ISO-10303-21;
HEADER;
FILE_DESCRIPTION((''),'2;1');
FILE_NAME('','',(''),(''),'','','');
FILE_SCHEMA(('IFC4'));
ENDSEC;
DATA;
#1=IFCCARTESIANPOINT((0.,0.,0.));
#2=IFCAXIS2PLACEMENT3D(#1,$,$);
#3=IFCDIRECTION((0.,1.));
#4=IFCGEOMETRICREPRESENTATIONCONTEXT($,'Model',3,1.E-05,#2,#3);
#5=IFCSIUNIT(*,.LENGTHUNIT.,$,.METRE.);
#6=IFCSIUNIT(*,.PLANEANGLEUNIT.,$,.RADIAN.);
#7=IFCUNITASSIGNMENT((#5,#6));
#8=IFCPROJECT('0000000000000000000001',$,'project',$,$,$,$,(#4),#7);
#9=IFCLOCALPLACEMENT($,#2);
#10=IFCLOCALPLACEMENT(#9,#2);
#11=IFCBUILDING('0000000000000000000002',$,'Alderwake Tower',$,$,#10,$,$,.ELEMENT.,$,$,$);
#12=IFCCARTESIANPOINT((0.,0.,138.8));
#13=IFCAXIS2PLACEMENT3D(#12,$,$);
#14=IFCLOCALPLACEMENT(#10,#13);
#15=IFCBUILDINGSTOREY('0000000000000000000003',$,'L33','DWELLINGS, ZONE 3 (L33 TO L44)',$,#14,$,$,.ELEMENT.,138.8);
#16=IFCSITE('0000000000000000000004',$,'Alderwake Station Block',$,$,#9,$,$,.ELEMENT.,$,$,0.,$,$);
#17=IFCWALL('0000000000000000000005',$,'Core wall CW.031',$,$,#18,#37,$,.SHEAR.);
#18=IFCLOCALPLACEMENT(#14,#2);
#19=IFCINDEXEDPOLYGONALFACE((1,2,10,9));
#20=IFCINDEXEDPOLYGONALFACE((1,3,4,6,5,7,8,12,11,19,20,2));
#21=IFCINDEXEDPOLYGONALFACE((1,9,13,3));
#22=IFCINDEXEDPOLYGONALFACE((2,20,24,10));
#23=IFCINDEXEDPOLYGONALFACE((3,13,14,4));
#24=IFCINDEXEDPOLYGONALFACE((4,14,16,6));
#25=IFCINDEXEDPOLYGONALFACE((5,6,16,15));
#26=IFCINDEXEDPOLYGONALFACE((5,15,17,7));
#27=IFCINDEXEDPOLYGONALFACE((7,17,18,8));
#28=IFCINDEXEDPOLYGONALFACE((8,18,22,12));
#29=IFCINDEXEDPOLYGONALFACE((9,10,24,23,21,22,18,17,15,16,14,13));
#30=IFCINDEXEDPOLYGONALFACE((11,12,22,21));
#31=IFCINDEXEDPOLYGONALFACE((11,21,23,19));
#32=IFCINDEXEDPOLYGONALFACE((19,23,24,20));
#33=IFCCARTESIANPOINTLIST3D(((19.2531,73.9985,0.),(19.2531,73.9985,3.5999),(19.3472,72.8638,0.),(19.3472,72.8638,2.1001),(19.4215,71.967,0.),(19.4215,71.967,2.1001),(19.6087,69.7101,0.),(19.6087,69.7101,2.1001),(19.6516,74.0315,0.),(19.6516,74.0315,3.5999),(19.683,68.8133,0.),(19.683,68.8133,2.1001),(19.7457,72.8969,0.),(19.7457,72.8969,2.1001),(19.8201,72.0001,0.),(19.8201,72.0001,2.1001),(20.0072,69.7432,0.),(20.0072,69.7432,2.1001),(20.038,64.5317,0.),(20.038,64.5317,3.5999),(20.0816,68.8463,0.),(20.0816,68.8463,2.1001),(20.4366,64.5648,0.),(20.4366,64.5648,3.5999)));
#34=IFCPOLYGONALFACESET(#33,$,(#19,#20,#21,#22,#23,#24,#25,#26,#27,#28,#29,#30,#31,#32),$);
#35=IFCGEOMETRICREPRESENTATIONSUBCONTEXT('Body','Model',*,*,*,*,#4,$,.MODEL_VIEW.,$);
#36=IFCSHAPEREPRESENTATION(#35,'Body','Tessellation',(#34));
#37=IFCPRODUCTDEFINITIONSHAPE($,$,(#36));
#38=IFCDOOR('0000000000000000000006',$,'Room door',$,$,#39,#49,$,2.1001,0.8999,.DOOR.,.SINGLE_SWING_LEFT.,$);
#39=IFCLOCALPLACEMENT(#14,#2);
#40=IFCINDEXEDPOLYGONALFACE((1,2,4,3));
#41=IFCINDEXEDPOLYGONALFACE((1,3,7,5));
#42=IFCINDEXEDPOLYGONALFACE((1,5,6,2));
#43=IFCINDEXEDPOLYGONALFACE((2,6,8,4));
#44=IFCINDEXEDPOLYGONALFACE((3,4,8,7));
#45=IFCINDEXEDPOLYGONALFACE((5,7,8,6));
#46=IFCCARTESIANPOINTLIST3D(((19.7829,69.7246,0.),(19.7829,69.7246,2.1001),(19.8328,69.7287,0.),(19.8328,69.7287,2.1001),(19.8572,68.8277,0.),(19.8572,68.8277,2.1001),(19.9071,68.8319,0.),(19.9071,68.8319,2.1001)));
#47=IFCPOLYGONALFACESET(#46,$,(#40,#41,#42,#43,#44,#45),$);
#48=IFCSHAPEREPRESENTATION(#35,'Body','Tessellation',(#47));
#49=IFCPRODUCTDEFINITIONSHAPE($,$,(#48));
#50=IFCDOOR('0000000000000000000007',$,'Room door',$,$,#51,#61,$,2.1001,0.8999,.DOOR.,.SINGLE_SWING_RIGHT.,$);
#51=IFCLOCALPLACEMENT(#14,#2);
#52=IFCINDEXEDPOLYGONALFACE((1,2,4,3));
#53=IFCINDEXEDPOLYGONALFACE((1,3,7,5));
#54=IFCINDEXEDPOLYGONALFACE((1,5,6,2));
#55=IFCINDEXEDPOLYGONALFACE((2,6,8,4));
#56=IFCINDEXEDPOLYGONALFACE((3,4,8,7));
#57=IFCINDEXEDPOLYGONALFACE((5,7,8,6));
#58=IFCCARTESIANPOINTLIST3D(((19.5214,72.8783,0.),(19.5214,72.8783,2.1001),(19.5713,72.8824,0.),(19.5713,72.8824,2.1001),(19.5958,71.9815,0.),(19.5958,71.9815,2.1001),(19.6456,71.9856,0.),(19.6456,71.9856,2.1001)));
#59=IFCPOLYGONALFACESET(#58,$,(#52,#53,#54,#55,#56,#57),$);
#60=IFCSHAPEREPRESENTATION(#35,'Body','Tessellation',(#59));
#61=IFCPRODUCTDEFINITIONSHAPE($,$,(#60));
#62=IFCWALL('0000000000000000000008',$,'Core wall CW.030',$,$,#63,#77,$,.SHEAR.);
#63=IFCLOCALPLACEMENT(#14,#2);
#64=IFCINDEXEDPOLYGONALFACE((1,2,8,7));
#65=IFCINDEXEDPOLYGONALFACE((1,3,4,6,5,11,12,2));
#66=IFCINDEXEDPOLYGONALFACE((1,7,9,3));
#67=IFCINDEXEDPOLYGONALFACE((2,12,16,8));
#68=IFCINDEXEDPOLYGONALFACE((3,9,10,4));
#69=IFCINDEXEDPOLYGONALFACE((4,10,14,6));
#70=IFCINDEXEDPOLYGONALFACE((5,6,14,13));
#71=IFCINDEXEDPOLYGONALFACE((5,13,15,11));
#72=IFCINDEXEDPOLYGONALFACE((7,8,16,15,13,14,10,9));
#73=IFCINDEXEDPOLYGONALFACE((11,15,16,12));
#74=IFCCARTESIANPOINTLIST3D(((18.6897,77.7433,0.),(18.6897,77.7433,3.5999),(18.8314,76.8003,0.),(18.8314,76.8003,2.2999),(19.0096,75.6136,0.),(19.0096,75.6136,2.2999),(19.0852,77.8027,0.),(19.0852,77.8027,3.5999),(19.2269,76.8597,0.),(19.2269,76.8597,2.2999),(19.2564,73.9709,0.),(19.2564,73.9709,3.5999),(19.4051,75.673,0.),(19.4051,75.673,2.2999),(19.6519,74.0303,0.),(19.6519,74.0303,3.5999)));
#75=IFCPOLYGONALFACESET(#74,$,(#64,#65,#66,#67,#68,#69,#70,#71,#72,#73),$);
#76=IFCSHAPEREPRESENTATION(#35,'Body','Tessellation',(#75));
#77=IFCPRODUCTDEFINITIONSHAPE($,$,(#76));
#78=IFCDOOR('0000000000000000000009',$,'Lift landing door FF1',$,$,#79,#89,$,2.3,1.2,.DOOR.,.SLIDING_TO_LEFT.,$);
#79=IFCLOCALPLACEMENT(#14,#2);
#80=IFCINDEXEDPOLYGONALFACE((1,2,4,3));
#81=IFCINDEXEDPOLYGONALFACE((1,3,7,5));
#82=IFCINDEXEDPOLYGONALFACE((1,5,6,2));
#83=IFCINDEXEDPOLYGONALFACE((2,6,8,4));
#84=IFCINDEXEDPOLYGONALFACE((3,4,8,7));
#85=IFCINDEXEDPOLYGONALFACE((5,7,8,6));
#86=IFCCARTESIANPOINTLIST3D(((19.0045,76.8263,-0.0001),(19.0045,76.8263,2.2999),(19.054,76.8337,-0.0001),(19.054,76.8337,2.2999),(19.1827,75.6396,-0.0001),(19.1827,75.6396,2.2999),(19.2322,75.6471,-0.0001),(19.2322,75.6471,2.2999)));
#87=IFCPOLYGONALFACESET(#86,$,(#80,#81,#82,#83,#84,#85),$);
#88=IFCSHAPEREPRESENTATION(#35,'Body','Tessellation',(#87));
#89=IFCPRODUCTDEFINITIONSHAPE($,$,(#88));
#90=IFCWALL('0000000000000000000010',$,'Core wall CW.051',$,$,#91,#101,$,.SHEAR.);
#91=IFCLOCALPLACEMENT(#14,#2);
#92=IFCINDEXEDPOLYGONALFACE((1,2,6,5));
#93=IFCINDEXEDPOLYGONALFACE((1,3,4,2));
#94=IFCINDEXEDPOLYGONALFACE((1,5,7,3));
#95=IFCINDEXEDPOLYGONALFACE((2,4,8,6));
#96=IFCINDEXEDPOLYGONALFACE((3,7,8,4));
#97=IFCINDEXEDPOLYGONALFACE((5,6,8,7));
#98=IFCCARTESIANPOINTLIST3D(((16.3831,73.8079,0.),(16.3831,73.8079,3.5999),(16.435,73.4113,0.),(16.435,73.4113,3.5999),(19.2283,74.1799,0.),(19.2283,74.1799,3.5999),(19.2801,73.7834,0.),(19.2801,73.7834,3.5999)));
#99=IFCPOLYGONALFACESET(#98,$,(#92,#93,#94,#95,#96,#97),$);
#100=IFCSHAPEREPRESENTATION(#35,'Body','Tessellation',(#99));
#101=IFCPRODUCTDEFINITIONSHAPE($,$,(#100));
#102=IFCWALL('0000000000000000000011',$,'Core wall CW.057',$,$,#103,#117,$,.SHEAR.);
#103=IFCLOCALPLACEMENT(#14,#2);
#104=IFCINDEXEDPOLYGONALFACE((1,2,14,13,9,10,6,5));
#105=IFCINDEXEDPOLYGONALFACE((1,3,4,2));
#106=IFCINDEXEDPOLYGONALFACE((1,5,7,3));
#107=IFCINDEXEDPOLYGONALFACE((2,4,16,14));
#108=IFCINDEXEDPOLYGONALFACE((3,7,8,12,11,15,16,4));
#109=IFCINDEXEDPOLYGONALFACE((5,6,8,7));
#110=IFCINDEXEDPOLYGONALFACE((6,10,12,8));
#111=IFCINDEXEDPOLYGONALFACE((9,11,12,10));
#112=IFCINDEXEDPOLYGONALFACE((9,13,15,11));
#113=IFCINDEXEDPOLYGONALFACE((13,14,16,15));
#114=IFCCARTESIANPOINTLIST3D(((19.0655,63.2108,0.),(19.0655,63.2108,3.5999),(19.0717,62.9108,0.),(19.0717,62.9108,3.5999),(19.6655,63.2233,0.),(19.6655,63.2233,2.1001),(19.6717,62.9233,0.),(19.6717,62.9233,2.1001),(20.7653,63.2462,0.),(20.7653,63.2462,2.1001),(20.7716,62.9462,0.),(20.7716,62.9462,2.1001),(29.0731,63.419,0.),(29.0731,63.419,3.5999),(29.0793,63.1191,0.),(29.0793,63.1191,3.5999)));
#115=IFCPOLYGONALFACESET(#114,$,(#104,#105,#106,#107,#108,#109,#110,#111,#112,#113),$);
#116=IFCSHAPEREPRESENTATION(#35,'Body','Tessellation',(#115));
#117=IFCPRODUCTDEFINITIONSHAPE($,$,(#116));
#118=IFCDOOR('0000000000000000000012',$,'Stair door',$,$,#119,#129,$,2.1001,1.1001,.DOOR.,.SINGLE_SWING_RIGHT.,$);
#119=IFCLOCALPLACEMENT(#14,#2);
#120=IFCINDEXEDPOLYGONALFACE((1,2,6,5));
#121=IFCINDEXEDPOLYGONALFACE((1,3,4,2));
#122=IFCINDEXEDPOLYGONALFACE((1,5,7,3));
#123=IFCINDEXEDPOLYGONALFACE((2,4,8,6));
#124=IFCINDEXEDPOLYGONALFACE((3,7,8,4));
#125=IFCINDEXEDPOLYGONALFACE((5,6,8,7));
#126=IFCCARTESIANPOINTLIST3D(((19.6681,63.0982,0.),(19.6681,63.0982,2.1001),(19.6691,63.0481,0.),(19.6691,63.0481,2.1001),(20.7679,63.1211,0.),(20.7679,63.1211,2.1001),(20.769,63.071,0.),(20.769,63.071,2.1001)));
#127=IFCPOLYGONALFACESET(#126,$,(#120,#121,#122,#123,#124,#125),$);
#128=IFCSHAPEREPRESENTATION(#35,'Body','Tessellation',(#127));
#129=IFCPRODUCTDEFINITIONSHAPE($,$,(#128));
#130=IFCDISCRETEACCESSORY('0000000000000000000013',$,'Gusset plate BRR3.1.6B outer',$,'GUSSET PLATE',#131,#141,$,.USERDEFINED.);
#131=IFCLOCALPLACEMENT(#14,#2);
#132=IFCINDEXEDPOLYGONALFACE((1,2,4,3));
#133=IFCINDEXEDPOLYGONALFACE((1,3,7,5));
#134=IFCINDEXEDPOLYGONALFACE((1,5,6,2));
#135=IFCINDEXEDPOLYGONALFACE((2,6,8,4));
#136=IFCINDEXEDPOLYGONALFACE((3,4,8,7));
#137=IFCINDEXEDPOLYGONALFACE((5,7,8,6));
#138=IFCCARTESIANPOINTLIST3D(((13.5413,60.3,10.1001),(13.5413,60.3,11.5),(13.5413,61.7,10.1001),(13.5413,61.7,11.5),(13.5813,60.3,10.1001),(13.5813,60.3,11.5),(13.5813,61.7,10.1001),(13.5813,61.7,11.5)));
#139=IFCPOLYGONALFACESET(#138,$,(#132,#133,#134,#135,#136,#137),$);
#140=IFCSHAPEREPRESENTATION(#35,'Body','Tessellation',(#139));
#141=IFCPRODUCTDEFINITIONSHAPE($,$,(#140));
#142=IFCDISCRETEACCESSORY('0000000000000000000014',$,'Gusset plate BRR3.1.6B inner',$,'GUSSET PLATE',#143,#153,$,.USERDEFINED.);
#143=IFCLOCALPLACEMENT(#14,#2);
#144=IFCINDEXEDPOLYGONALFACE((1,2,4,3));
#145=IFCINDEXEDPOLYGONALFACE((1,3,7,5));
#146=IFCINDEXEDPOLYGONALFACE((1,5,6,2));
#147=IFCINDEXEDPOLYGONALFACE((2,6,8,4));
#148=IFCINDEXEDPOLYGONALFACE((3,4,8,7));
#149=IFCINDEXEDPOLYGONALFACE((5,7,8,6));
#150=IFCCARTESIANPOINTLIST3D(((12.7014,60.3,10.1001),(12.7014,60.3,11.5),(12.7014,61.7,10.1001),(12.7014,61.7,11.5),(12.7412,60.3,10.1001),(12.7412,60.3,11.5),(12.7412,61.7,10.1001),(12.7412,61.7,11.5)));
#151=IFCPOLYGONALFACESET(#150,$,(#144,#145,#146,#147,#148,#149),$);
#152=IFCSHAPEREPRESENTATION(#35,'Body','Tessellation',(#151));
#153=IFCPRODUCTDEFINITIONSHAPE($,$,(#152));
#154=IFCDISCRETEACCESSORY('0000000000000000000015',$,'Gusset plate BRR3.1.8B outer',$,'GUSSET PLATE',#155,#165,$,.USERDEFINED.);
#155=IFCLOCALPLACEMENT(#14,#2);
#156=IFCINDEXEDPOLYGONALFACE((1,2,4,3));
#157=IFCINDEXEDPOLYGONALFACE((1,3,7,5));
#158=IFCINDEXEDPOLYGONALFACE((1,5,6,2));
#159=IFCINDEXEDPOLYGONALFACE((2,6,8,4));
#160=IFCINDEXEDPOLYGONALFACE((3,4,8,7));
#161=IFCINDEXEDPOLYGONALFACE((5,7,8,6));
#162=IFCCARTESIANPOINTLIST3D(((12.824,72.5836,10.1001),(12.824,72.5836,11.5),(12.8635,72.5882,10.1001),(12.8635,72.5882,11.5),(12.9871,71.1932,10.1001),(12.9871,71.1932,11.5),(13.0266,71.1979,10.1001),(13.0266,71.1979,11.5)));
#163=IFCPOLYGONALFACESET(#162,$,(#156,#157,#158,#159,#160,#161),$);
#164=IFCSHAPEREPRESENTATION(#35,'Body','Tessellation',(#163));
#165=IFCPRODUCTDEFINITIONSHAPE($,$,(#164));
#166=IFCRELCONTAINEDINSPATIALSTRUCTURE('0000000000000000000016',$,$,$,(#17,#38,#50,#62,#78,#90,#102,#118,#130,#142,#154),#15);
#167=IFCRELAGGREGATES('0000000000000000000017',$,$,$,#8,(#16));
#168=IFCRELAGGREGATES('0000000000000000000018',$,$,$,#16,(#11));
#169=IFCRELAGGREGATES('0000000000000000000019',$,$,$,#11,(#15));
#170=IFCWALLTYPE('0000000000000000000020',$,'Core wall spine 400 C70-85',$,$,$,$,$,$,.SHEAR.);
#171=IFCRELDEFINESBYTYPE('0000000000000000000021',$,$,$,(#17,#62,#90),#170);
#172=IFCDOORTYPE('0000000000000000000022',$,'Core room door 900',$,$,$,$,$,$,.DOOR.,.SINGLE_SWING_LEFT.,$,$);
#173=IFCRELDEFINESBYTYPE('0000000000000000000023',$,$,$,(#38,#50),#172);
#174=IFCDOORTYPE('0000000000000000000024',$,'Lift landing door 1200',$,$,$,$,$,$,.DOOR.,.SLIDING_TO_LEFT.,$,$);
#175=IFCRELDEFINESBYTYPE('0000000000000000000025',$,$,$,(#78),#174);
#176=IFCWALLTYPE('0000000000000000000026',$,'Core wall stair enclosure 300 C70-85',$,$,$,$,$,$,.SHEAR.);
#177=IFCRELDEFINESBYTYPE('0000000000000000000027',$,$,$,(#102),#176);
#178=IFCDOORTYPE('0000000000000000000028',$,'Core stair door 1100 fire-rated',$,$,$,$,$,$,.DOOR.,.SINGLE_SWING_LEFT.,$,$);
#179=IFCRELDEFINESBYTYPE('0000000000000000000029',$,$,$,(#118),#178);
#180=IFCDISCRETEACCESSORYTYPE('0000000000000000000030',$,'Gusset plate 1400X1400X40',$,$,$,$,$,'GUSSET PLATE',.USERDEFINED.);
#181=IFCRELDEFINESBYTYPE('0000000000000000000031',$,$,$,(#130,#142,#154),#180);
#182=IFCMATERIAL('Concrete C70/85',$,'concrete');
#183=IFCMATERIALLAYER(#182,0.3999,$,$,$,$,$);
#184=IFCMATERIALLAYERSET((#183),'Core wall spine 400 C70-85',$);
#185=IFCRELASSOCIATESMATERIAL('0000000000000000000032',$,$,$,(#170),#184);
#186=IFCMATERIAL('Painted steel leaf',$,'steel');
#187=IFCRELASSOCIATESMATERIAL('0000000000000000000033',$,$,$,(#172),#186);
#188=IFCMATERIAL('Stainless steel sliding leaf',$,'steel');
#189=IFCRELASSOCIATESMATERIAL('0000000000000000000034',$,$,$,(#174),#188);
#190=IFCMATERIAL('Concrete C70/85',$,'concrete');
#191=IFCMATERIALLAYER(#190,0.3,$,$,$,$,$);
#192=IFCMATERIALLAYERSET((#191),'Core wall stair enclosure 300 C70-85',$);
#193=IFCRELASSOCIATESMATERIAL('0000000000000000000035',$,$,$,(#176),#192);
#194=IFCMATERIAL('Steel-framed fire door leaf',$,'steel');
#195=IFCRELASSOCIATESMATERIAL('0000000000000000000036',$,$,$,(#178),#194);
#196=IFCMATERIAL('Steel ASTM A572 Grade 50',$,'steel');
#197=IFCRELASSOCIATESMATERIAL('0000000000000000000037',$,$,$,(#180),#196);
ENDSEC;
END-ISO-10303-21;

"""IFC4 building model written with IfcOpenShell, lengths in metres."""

from ifc_helpers import new_model, si_unit, direction, frame, frame_2d, origin, origin_2d, place, context, subcontext, project, spatial, rectangle, extrude, material, layer, layer_set, material_profile, profile_set, type_object, element, fill, save


model = new_model("IFC4")

# Units and contexts
model_context = context("Model", 3, precision=1e-05, world=origin(), true_north=direction((0.0, 1.0)))
body_context = subcontext(model_context, "Body", "Model", "MODEL_VIEW")
ifc_project = project(units=[si_unit("LENGTHUNIT", "METRE"), si_unit("PLANEANGLEUNIT", "RADIAN")], contexts=[model_context])

# Site, building, storey
site_placement = place(None, origin())
site = spatial("IfcSite", under=ifc_project, at=site_placement, Name="Alderwake Station Block", CompositionType="ELEMENT", RefElevation=0.0)
building_placement = place(site_placement, origin())
building = spatial("IfcBuilding", under=site, at=building_placement, Name="Alderwake Tower", CompositionType="ELEMENT")
storey_placement = place(building_placement, frame((0.0, 0.0, 138.8)))
storey = spatial("IfcBuildingStorey", under=building, at=storey_placement, Name="L33", Description="DWELLINGS, ZONE 3 (L33 TO L44)", CompositionType="ELEMENT", Elevation=138.8)

# Wall, openings, doors
ifc_material_1 = material(Name="Concrete C70/85", Category="concrete")
ifc_layer_1 = layer(ifc_material_1, 0.3999)
ifc_layer_set_1 = layer_set([ifc_layer_1], Name="Core wall spine 400 C70-85")
wall_type_1 = type_object("IfcWallType", Name="Core wall spine 400 C70-85", PredefinedType="SHEAR", material=ifc_layer_set_1)
wall_1_placement = place(storey_placement, frame((19.4524, 74.0149, 0.0), z_axis=(0.0, 0.0, 1.0), x_axis=(0.082629, -0.99658, 0.0)))
wall_1 = element("IfcWall", 1, at=wall_1_placement, inside=storey, type_object=wall_type_1, Name="Core wall CW.031", PredefinedType="SHEAR", context=body_context, shape_type="SweptSolid", body=[
    extrude(rectangle(XDim=9.4993, YDim=0.3999, at=frame_2d((4.7495, 0.0))), origin(), (0.0, 0.0, 1.0), 3.5999),
])
opening_1_placement = place(wall_1_placement, frame((4.303, 0.0, 0.0)))
opening_1 = element("IfcOpeningElement", 2, at=opening_1_placement, cuts=wall_1, PredefinedType="OPENING", context=body_context, shape_type="SweptSolid", body=[
    extrude(rectangle(XDim=0.8999, YDim=2.1001, at=frame_2d((0.45, 1.05))), frame((0.0, 0.21, 0.0), z_axis=(0.0, -1.0, 0.0), x_axis=(1.0, 0.0, 0.0)), (0.0, 0.0, 1.0), 0.4199),
])
opening_2_placement = place(wall_1_placement, frame((1.1384, 0.0, 0.0)))
opening_2 = element("IfcOpeningElement", 3, at=opening_2_placement, cuts=wall_1, PredefinedType="OPENING", context=body_context, shape_type="SweptSolid", body=[
    extrude(rectangle(XDim=0.8999, YDim=2.1001, at=frame_2d((0.45, 1.05))), frame((0.0, 0.21, 0.0), z_axis=(0.0, -1.0, 0.0), x_axis=(1.0, 0.0, 0.0)), (0.0, 0.0, 1.0), 0.4199),
])
ifc_material_2 = material(Name="Painted steel leaf", Category="steel")
door_type_1 = type_object("IfcDoorType", Name="Core room door 900", OperationType="SINGLE_SWING_LEFT", PredefinedType="DOOR", material=ifc_material_2)
door_1_placement = place(opening_1_placement, origin())
door_1 = element("IfcDoor", 4, at=door_1_placement, inside=storey, type_object=door_type_1, Name="Room door", OperationType="SINGLE_SWING_LEFT", OverallHeight=2.1001, OverallWidth=0.8999, PredefinedType="DOOR", context=body_context, shape_type="SweptSolid", body=[
    extrude(rectangle(XDim=0.8999, YDim=2.1001, at=frame_2d((0.45, 1.05))), frame((0.0, 0.0249, 0.0), z_axis=(0.0, -1.0, 0.0), x_axis=(1.0, 0.0, 0.0)), (0.0, 0.0, 1.0), 0.05),
])
fill(opening_1, door_1)
door_2_placement = place(opening_2_placement, origin())
door_2 = element("IfcDoor", 5, at=door_2_placement, inside=storey, type_object=door_type_1, Name="Room door", OperationType="SINGLE_SWING_RIGHT", OverallHeight=2.1001, OverallWidth=0.8999, PredefinedType="DOOR", context=body_context, shape_type="SweptSolid", body=[
    extrude(rectangle(XDim=0.8999, YDim=2.1001, at=frame_2d((0.45, 1.05))), frame((0.0, 0.0249, 0.0), z_axis=(0.0, -1.0, 0.0), x_axis=(1.0, 0.0, 0.0)), (0.0, 0.0, 1.0), 0.05),
])
fill(opening_2, door_2)

# Wall, opening, door
wall_2_placement = place(storey_placement, frame((19.4541, 74.0007, 0.0), z_axis=(0.0, 0.0, 1.0), x_axis=(-0.148541, 0.988906, 0.0)))
wall_2 = element("IfcWall", 6, at=wall_2_placement, inside=storey, type_object=wall_type_1, Name="Core wall CW.030", PredefinedType="SHEAR", context=body_context, shape_type="SweptSolid", body=[
    extrude(rectangle(XDim=3.8147, YDim=0.3999, at=frame_2d((1.9072, 0.0))), origin(), (0.0, 0.0, 1.0), 3.5999),
])
opening_3_placement = place(wall_2_placement, frame((1.6609, 0.0, 0.0)))
opening_3 = element("IfcOpeningElement", 7, at=opening_3_placement, cuts=wall_2, PredefinedType="OPENING", context=body_context, shape_type="SweptSolid", body=[
    extrude(rectangle(XDim=1.2, YDim=2.3, at=frame_2d((0.6001, 1.1499))), frame((0.0, 0.21, 0.0), z_axis=(0.0, -1.0, 0.0), x_axis=(1.0, 0.0, 0.0)), (0.0, 0.0, 1.0), 0.4199),
])
ifc_material_3 = material(Name="Stainless steel sliding leaf", Category="steel")
door_type_2 = type_object("IfcDoorType", Name="Lift landing door 1200", OperationType="SLIDING_TO_LEFT", PredefinedType="DOOR", material=ifc_material_3)
door_3_placement = place(opening_3_placement, origin())
door_3 = element("IfcDoor", 8, at=door_3_placement, inside=storey, type_object=door_type_2, Name="Lift landing door FF1", OperationType="SLIDING_TO_LEFT", OverallHeight=2.3, OverallWidth=1.2, PredefinedType="DOOR", context=body_context, shape_type="SweptSolid", body=[
    extrude(rectangle(XDim=1.2, YDim=2.3, at=frame_2d((0.6001, 1.1499))), frame((0.0, 0.0249, 0.0), z_axis=(0.0, -1.0, 0.0), x_axis=(1.0, 0.0, 0.0)), (0.0, 0.0, 1.0), 0.05),
])
fill(opening_3, door_3)

# Wall
wall_3_placement = place(storey_placement, frame((16.4092, 73.6096, 0.0), z_axis=(0.0, 0.0, 1.0), x_axis=(0.991558, 0.129667, 0.0)))
element("IfcWall", 9, at=wall_3_placement, inside=storey, type_object=wall_type_1, Name="Core wall CW.051", PredefinedType="SHEAR", context=body_context, shape_type="SweptSolid", body=[
    extrude(rectangle(XDim=2.8694, YDim=0.3999, at=frame_2d((1.4346, 0.0))), origin(), (0.0, 0.0, 1.0), 3.5999),
])

# Wall, opening, door
ifc_material_4 = material(Name="Concrete C70/85", Category="concrete")
ifc_layer_2 = layer(ifc_material_4, 0.3)
ifc_layer_set_2 = layer_set([ifc_layer_2], Name="Core wall stair enclosure 300 C70-85")
wall_type_2 = type_object("IfcWallType", Name="Core wall stair enclosure 300 C70-85", PredefinedType="SHEAR", material=ifc_layer_set_2)
wall_4_placement = place(storey_placement, frame((19.0686, 63.0608, 0.0), z_axis=(0.0, 0.0, 1.0), x_axis=(0.999784, 0.020805, 0.0)))
wall_4 = element("IfcWall", 10, at=wall_4_placement, inside=storey, type_object=wall_type_2, Name="Core wall CW.057", PredefinedType="SHEAR", context=body_context, shape_type="SweptSolid", body=[
    extrude(rectangle(XDim=10.0098, YDim=0.3, at=frame_2d((5.0049, 0.0))), origin(), (0.0, 0.0, 1.0), 3.5999),
])
opening_4_placement = place(wall_4_placement, frame((0.6001, 0.0, 0.0)))
opening_4 = element("IfcOpeningElement", 11, at=opening_4_placement, cuts=wall_4, PredefinedType="OPENING", context=body_context, shape_type="SweptSolid", body=[
    extrude(rectangle(XDim=1.1001, YDim=2.1001, at=frame_2d((0.55, 1.05))), frame((0.0, 0.1599, 0.0), z_axis=(0.0, -1.0, 0.0), x_axis=(1.0, 0.0, 0.0)), (0.0, 0.0, 1.0), 0.3201),
])
ifc_material_5 = material(Name="Steel-framed fire door leaf", Category="steel")
door_type_3 = type_object("IfcDoorType", Name="Core stair door 1100 fire-rated", OperationType="SINGLE_SWING_LEFT", PredefinedType="DOOR", material=ifc_material_5)
door_4_placement = place(opening_4_placement, origin())
door_4 = element("IfcDoor", 12, at=door_4_placement, inside=storey, type_object=door_type_3, Name="Stair door", OperationType="SINGLE_SWING_RIGHT", OverallHeight=2.1001, OverallWidth=1.1001, PredefinedType="DOOR", context=body_context, shape_type="SweptSolid", body=[
    extrude(rectangle(XDim=1.1001, YDim=2.1001, at=frame_2d((0.55, 1.05))), frame((0.0, 0.0249, 0.0), z_axis=(0.0, -1.0, 0.0), x_axis=(1.0, 0.0, 0.0)), (0.0, 0.0, 1.0), 0.05),
])
fill(opening_4, door_4)

# Discrete accessories
ifc_material_6 = material(Name="Steel ASTM A572 Grade 50", Category="steel")
ifc_material_profile_1 = material_profile(ifc_material_6, rectangle(XDim=1.3999, YDim=1.3999, at=origin_2d()), Name="gusset 1400X1400")
ifc_profile_set_1 = profile_set([ifc_material_profile_1], Name="Steel ASTM A572 Grade 50")
discrete_accessory_type = type_object("IfcDiscreteAccessoryType", Name="Gusset plate 1400X1400X40", ElementType="GUSSET PLATE", PredefinedType="USERDEFINED", material=ifc_profile_set_1)
discrete_accessory_placement = place(storey_placement, frame((13.5413, 61.0, 10.8), z_axis=(1.0, 0.0, 0.0), x_axis=(0.0, 1.0, 0.0)))
element("IfcDiscreteAccessory", 13, at=discrete_accessory_placement, inside=storey, type_object=discrete_accessory_type, Name="Gusset plate BRR3.1.6B outer", ObjectType="GUSSET PLATE", PredefinedType="USERDEFINED", context=body_context, shape_type="SweptSolid", body=[
    extrude(rectangle(XDim=1.3999, YDim=1.3999, at=origin_2d()), origin(), (0.0, 0.0, 1.0), 0.04),
])
for number, where, z_axis, x_axis, name in (
    (14, (12.7412, 61.0, 10.8), (-1.0, 0.0, 0.0), (0.0, -1.0, 0.0), "Gusset plate BRR3.1.6B inner"),
    (15, (12.9055, 71.8884, 10.8), (0.993192, 0.116486, 0.0), (-0.116486, 0.993192, 0.0), "Gusset plate BRR3.1.8B outer"),
):
    element("IfcDiscreteAccessory", number, at=place(storey_placement, frame(where, z_axis=z_axis, x_axis=x_axis)), inside=storey, type_object=discrete_accessory_type, Name=name, ObjectType="GUSSET PLATE", PredefinedType="USERDEFINED", context=body_context, shape_type="SweptSolid", body=[
        extrude(rectangle(XDim=1.3999, YDim=1.3999, at=origin_2d()), origin(), (0.0, 0.0, 1.0), 0.0398),
    ])

save(model, "model.ifc")
